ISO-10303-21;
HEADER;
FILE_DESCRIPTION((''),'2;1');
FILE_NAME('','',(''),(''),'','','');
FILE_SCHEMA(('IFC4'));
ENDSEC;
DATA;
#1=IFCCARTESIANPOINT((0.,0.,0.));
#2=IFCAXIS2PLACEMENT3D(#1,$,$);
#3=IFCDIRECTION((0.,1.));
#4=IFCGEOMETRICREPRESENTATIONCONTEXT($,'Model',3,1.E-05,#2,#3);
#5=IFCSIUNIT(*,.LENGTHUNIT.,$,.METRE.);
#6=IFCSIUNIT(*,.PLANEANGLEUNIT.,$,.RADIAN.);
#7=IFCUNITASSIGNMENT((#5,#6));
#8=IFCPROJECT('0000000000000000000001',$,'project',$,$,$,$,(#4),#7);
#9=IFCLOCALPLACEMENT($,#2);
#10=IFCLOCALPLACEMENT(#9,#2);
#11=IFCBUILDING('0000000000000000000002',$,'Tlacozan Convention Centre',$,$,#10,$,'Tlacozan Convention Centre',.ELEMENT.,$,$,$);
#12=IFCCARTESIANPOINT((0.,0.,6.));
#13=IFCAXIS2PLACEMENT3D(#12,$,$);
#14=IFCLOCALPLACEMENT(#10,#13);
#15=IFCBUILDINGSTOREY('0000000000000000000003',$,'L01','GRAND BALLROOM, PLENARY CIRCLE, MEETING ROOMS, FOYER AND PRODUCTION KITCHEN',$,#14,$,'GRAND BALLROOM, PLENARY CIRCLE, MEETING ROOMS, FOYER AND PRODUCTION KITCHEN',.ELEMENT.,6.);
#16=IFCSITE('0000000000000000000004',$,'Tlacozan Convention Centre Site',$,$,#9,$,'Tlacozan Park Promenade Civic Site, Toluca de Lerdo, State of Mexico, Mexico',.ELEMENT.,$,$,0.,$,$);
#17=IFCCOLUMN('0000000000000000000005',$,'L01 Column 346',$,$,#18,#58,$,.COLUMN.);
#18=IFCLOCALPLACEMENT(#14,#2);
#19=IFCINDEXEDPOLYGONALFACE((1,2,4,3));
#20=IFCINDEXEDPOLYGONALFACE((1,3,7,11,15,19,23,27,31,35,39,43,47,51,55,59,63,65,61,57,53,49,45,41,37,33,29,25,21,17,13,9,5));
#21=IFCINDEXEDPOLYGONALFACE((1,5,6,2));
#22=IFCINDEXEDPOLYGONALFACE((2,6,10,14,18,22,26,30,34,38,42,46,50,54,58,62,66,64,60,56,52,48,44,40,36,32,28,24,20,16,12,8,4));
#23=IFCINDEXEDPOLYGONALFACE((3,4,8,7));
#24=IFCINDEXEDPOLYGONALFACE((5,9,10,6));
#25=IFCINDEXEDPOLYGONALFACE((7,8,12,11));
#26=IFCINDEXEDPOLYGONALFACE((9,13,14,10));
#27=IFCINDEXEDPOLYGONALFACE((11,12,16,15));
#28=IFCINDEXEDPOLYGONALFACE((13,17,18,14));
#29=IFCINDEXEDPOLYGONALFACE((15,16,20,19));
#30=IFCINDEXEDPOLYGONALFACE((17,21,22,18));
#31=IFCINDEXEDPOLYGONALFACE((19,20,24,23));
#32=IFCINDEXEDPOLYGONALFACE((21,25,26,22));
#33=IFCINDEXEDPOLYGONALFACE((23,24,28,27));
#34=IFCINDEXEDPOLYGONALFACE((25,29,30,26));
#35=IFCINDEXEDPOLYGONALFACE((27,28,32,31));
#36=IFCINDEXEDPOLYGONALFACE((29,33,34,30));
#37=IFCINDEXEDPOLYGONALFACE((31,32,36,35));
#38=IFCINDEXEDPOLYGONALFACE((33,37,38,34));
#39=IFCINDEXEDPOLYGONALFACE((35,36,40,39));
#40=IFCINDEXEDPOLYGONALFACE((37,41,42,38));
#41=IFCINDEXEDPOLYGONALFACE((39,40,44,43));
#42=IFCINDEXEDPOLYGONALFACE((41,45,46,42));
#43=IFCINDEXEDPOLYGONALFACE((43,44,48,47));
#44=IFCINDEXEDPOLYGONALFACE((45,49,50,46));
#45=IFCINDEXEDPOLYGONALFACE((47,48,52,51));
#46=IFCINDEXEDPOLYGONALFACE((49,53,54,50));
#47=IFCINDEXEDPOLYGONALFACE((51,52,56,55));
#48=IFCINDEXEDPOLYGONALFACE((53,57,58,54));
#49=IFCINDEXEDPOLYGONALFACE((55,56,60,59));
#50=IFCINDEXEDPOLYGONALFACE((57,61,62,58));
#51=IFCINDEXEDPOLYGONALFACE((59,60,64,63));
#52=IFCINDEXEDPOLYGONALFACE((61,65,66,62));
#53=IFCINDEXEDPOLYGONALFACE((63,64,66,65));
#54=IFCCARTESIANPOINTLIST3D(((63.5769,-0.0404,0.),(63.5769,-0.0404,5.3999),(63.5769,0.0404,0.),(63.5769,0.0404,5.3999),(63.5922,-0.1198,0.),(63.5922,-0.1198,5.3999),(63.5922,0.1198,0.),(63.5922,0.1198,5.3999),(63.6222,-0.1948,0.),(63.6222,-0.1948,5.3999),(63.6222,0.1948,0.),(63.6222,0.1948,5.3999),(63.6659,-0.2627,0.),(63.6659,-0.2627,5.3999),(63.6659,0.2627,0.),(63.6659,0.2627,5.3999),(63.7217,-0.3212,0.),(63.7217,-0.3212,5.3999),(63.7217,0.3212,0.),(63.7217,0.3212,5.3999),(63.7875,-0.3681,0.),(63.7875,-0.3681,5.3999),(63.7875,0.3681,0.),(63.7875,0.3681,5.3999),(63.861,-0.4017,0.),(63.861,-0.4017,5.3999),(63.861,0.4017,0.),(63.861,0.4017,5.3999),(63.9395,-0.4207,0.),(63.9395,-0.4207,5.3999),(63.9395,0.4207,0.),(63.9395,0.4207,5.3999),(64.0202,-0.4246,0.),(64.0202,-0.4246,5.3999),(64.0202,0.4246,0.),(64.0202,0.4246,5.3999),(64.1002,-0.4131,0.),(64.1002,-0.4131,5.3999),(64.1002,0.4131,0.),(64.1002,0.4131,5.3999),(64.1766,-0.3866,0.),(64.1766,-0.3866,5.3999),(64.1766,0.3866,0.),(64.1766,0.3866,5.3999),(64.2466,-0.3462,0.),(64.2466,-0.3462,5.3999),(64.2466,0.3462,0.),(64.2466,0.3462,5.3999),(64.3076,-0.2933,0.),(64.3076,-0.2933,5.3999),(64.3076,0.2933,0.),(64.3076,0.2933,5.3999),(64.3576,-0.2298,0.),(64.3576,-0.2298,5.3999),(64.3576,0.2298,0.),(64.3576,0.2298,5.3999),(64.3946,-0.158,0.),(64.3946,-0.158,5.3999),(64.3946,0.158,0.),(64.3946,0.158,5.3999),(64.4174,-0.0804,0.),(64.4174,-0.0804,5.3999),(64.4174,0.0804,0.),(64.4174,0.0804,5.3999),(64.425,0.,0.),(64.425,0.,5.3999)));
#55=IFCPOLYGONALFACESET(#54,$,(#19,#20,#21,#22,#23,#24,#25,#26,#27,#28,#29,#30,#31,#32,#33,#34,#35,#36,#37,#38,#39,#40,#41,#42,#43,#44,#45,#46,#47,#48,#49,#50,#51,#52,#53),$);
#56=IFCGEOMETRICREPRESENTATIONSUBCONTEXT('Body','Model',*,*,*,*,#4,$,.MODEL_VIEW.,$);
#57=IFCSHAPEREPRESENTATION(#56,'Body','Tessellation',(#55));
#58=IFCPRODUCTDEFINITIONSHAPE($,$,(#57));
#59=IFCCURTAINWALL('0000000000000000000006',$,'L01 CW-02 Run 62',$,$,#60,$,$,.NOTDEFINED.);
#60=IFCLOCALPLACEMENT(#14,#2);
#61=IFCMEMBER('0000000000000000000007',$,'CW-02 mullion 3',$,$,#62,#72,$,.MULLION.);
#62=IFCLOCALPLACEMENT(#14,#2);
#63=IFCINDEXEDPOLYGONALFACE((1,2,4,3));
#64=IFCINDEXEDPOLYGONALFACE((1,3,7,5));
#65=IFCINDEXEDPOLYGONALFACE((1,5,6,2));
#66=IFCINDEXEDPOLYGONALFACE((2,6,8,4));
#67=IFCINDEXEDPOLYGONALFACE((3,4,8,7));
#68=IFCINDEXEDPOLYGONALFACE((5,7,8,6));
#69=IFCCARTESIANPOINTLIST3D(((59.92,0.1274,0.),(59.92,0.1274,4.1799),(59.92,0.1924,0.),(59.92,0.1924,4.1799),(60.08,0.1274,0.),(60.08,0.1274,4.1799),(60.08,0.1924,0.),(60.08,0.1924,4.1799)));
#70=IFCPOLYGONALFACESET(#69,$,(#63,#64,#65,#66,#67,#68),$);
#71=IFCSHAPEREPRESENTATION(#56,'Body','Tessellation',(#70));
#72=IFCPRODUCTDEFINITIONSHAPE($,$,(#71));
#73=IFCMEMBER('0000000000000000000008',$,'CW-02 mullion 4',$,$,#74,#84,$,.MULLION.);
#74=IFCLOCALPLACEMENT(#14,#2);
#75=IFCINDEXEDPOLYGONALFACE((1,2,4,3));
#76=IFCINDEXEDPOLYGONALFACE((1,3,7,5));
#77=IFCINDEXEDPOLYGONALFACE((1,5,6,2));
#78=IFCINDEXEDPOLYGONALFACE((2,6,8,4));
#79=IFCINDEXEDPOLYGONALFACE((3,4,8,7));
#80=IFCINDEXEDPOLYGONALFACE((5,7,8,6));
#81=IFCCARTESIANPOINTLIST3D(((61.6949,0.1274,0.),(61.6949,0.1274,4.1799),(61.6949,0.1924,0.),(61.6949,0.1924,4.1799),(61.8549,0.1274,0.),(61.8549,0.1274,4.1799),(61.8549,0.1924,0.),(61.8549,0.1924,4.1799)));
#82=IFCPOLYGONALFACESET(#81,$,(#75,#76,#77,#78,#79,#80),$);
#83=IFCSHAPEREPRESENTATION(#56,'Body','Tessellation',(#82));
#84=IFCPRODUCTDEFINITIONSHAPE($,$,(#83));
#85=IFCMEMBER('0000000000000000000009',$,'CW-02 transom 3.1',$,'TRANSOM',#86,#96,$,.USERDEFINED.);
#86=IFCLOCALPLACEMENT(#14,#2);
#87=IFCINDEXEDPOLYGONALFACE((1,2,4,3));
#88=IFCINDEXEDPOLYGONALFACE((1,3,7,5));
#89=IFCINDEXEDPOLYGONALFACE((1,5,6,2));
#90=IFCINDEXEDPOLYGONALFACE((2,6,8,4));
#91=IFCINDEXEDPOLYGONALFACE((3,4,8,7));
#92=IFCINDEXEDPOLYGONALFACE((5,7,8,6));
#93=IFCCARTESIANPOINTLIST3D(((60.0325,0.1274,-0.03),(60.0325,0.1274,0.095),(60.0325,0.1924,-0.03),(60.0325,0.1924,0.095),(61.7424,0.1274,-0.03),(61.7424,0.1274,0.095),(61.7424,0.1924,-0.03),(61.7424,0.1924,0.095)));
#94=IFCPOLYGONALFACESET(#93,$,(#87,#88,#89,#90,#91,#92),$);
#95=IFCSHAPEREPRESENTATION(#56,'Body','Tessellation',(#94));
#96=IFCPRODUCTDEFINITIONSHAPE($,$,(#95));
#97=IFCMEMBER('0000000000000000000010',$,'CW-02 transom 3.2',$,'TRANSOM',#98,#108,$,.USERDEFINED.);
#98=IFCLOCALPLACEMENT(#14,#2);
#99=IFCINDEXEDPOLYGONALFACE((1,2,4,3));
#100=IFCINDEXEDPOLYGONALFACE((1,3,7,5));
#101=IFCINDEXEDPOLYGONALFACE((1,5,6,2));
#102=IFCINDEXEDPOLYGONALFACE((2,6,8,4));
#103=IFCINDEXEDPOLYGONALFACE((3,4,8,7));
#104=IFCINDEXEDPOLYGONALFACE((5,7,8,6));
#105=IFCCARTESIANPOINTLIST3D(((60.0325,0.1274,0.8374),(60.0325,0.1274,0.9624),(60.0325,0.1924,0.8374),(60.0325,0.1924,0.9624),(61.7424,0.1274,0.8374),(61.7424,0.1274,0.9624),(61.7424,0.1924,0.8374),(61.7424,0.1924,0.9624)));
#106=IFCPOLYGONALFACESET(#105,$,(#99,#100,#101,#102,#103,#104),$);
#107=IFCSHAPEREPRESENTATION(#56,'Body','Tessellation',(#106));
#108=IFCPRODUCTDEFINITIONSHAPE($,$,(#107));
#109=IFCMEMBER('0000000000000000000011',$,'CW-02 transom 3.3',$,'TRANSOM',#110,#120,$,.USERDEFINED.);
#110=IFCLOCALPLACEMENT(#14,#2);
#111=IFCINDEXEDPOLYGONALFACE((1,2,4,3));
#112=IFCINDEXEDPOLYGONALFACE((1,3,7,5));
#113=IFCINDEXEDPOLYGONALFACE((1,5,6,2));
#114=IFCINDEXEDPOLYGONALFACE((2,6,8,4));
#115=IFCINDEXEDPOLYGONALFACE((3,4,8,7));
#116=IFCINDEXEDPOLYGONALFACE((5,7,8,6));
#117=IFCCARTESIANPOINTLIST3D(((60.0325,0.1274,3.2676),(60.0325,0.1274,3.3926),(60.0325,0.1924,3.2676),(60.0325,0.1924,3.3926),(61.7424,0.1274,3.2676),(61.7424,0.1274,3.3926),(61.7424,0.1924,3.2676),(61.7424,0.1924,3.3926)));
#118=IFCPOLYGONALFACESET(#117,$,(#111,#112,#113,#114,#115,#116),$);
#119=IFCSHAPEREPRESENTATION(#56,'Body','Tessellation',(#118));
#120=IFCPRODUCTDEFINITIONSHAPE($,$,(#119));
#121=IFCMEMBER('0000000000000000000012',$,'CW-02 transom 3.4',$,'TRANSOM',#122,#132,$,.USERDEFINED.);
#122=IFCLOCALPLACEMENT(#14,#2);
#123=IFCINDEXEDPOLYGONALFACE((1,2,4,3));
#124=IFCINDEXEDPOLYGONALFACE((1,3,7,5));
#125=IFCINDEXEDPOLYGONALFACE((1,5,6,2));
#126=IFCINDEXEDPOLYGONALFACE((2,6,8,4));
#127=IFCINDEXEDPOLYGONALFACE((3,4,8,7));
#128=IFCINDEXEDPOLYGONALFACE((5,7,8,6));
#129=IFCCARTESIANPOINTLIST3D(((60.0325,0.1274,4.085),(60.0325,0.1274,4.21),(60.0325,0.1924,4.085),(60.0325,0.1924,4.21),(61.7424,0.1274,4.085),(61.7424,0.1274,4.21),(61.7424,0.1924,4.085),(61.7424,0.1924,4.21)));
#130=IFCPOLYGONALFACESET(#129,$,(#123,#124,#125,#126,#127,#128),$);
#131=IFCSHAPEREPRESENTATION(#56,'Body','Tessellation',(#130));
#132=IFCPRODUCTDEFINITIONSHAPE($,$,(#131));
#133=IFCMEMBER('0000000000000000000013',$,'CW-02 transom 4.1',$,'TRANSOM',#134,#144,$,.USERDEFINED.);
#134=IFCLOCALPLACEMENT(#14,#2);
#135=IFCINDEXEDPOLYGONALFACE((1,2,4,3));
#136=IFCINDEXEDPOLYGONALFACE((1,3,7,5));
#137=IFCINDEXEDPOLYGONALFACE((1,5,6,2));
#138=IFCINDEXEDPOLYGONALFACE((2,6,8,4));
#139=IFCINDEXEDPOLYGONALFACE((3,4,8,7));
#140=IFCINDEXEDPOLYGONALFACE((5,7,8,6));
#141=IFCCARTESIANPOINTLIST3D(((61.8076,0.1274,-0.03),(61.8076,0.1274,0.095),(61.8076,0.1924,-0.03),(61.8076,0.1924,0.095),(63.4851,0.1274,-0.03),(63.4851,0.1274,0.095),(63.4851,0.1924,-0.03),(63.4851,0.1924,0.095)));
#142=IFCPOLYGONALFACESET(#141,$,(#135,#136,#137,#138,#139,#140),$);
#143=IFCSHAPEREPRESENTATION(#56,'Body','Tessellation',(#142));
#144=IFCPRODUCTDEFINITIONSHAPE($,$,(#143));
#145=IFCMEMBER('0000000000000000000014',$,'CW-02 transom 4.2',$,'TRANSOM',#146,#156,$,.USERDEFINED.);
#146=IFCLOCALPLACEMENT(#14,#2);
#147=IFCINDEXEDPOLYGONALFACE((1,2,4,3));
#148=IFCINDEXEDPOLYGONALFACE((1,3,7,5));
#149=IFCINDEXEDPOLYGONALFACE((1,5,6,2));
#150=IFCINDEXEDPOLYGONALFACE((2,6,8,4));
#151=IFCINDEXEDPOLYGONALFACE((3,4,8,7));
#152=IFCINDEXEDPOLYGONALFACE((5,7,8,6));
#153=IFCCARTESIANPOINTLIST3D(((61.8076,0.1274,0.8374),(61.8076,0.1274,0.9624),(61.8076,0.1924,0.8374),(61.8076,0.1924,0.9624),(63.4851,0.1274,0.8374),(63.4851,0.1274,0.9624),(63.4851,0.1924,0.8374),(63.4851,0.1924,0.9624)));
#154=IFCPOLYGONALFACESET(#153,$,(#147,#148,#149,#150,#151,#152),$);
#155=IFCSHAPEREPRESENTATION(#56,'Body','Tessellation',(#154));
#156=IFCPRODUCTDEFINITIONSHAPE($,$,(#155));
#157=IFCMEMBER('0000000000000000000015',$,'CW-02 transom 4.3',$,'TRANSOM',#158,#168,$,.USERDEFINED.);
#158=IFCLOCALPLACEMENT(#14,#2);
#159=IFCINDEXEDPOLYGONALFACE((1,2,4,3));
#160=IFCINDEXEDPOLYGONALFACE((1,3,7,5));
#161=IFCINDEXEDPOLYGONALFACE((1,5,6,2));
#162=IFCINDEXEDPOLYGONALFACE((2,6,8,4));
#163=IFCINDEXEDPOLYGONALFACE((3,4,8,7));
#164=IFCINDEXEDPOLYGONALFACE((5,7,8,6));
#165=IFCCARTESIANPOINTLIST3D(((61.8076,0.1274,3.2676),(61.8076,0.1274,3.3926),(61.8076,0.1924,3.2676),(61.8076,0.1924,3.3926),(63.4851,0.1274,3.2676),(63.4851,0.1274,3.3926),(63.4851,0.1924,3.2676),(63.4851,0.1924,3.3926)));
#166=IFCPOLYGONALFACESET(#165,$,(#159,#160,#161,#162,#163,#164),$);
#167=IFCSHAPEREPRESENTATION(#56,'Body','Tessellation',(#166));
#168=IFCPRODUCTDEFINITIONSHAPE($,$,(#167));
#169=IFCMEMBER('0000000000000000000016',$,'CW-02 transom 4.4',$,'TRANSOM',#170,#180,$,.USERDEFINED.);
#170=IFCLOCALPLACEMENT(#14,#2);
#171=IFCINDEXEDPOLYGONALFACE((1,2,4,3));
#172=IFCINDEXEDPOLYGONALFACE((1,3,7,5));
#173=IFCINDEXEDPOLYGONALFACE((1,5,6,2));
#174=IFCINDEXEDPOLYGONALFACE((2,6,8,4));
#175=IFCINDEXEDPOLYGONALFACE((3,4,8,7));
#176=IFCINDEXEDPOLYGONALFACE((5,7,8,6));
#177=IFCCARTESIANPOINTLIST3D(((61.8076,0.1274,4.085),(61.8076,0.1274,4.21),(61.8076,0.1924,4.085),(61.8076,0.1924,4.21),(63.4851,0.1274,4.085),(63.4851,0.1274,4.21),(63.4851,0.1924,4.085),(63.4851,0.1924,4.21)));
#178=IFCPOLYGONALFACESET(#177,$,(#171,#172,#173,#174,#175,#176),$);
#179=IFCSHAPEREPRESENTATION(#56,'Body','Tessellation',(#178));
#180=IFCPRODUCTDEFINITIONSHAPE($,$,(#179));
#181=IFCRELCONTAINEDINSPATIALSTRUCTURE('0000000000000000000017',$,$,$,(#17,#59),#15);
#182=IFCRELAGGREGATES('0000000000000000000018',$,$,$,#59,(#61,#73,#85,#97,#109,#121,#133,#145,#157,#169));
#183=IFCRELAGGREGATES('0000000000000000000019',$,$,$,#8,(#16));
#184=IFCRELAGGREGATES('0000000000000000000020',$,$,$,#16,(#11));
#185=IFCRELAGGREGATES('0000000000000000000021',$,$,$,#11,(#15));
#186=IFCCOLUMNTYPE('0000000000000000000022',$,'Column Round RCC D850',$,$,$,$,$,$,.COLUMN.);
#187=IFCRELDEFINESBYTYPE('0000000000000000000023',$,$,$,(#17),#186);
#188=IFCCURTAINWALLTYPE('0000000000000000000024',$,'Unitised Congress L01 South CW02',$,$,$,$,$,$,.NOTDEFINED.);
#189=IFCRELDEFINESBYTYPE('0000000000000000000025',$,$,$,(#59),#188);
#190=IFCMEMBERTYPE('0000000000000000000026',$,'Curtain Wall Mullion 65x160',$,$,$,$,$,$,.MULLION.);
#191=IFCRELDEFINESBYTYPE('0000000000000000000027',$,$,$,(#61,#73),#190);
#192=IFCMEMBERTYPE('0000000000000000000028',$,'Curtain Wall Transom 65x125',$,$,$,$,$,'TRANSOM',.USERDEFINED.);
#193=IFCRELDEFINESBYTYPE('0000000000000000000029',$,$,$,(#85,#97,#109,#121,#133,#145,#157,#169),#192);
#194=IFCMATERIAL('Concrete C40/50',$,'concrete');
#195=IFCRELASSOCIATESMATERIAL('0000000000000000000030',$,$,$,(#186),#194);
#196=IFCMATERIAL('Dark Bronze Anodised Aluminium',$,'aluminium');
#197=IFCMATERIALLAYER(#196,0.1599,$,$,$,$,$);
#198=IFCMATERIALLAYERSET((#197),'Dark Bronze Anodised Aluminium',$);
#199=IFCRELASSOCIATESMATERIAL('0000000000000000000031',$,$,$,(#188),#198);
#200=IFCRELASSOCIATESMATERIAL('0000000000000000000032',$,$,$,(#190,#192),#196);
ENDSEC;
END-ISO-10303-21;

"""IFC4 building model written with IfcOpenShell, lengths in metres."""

from ifc_helpers import new_model, si_unit, direction, frame, origin, origin_2d, place, context, subcontext, project, spatial, rectangle, circle, extrude, material, layer, layer_set, material_profile, profile_set, type_object, element, aggregate, save


model = new_model("IFC4")

# Units and contexts
model_context = context("Model", 3, precision=1e-05, world=origin(), true_north=direction((0.0, 1.0)))
body_context = subcontext(model_context, "Body", "Model", "MODEL_VIEW")
ifc_project = project(units=[si_unit("LENGTHUNIT", "METRE"), si_unit("PLANEANGLEUNIT", "RADIAN")], contexts=[model_context])

# Site, building, storey
site_placement = place(None, origin())
site = spatial("IfcSite", under=ifc_project, at=site_placement, Name="Tlacozan Convention Centre Site", LongName="Tlacozan Park Promenade Civic Site, Toluca de Lerdo, State of Mexico, Mexico", CompositionType="ELEMENT", RefElevation=0.0)
building_placement = place(site_placement, origin())
building = spatial("IfcBuilding", under=site, at=building_placement, Name="Tlacozan Convention Centre", LongName="Tlacozan Convention Centre", CompositionType="ELEMENT")
storey_placement = place(building_placement, frame((0.0, 0.0, 6.0)))
storey = spatial("IfcBuildingStorey", under=building, at=storey_placement, Name="L01", Description="GRAND BALLROOM, PLENARY CIRCLE, MEETING ROOMS, FOYER AND PRODUCTION KITCHEN", LongName="GRAND BALLROOM, PLENARY CIRCLE, MEETING ROOMS, FOYER AND PRODUCTION KITCHEN", CompositionType="ELEMENT", Elevation=6.0)

# Column
ifc_material_1 = material(Name="Concrete C40/50", Category="concrete")
ifc_material_profile_1 = material_profile(ifc_material_1, circle(Radius=0.425, at=origin_2d()), Name="RCC D850")
ifc_profile_set_1 = profile_set([ifc_material_profile_1], Name="Concrete C40/50")
column_type = type_object("IfcColumnType", Name="Column Round RCC D850", PredefinedType="COLUMN", material=ifc_profile_set_1)
column_placement = place(storey_placement, frame((64.0, 0.0, 0.0), z_axis=(0.0, 0.0, 1.0), x_axis=(1.0, 0.0, 0.0)))
element("IfcColumn", 1, at=column_placement, inside=storey, type_object=column_type, Name="L01 Column 346", PredefinedType="COLUMN", context=body_context, shape_type="SweptSolid", body=[
    extrude(circle(Radius=0.425, at=origin_2d()), origin(), (0.0, 0.0, 1.0), 5.3999),
])

# Curtain wall, members
ifc_material_2 = material(Name="Dark Bronze Anodised Aluminium", Category="aluminium")
ifc_layer_1 = layer(ifc_material_2, 0.1599)
ifc_layer_set_1 = layer_set([ifc_layer_1], Name="Dark Bronze Anodised Aluminium")
curtain_wall_type = type_object("IfcCurtainWallType", Name="Unitised Congress L01 South CW02", PredefinedType="NOTDEFINED", material=ifc_layer_set_1)
curtain_wall_placement = place(storey_placement, origin())
curtain_wall = element("IfcCurtainWall", 2, at=curtain_wall_placement, inside=storey, type_object=curtain_wall_type, Name="L01 CW-02 Run 62", PredefinedType="NOTDEFINED")
ifc_material_profile_2 = material_profile(ifc_material_2, rectangle(XDim=0.0649, YDim=0.1599, at=origin_2d()), Name="ALU 65x160")
ifc_profile_set_2 = profile_set([ifc_material_profile_2], Name="Dark Bronze Anodised Aluminium")
member_type_1 = type_object("IfcMemberType", Name="Curtain Wall Mullion 65x160", PredefinedType="MULLION", material=ifc_profile_set_2)
member_1_placement = place(storey_placement, frame((60.0, 0.1599, 0.0), z_axis=(0.0, 0.0, 1.0), x_axis=(0.0, 1.0, 0.0)))
member_1 = element("IfcMember", 3, at=member_1_placement, type_object=member_type_1, Name="CW-02 mullion 3", PredefinedType="MULLION", context=body_context, shape_type="SweptSolid", body=[
    extrude(rectangle(XDim=0.0649, YDim=0.1599, at=origin_2d()), origin(), (0.0, 0.0, 1.0), 4.1799),
])
member_2_placement = place(storey_placement, frame((61.7749, 0.1599, 0.0), z_axis=(0.0, 0.0, 1.0), x_axis=(0.0, 1.0, 0.0)))
member_2 = element("IfcMember", 4, at=member_2_placement, type_object=member_type_1, Name="CW-02 mullion 4", PredefinedType="MULLION", context=body_context, shape_type="SweptSolid", body=[
    extrude(rectangle(XDim=0.0649, YDim=0.1599, at=origin_2d()), origin(), (0.0, 0.0, 1.0), 4.1799),
])
ifc_material_profile_3 = material_profile(ifc_material_2, rectangle(XDim=0.0649, YDim=0.125, at=origin_2d()), Name="ALU 65x125")
ifc_profile_set_3 = profile_set([ifc_material_profile_3], Name="Dark Bronze Anodised Aluminium")
member_type_2 = type_object("IfcMemberType", Name="Curtain Wall Transom 65x125", ElementType="TRANSOM", PredefinedType="USERDEFINED", material=ifc_profile_set_3)
member_3_placement = place(storey_placement, frame((60.0325, 0.1599, 0.0325), z_axis=(1.0, 0.0, 0.0), x_axis=(0.0, 1.0, 0.0)))
member_3 = element("IfcMember", 5, at=member_3_placement, type_object=member_type_2, Name="CW-02 transom 3.1", ObjectType="TRANSOM", PredefinedType="USERDEFINED", context=body_context, shape_type="SweptSolid", body=[
    extrude(rectangle(XDim=0.0649, YDim=0.125, at=origin_2d()), origin(), (0.0, 0.0, 1.0), 1.71),
])
member_4_placement = place(storey_placement, frame((60.0325, 0.1599, 0.8999), z_axis=(1.0, 0.0, 0.0), x_axis=(0.0, 1.0, 0.0)))
member_4 = element("IfcMember", 6, at=member_4_placement, type_object=member_type_2, Name="CW-02 transom 3.2", ObjectType="TRANSOM", PredefinedType="USERDEFINED", context=body_context, shape_type="SweptSolid", body=[
    extrude(rectangle(XDim=0.0649, YDim=0.125, at=origin_2d()), origin(), (0.0, 0.0, 1.0), 1.71),
])
member_5_placement = place(storey_placement, frame((60.0325, 0.1599, 3.3301), z_axis=(1.0, 0.0, 0.0), x_axis=(0.0, 1.0, 0.0)))
member_5 = element("IfcMember", 7, at=member_5_placement, type_object=member_type_2, Name="CW-02 transom 3.3", ObjectType="TRANSOM", PredefinedType="USERDEFINED", context=body_context, shape_type="SweptSolid", body=[
    extrude(rectangle(XDim=0.0649, YDim=0.125, at=origin_2d()), origin(), (0.0, 0.0, 1.0), 1.71),
])
member_6_placement = place(storey_placement, frame((60.0325, 0.1599, 4.1475), z_axis=(1.0, 0.0, 0.0), x_axis=(0.0, 1.0, 0.0)))
member_6 = element("IfcMember", 8, at=member_6_placement, type_object=member_type_2, Name="CW-02 transom 3.4", ObjectType="TRANSOM", PredefinedType="USERDEFINED", context=body_context, shape_type="SweptSolid", body=[
    extrude(rectangle(XDim=0.0649, YDim=0.125, at=origin_2d()), origin(), (0.0, 0.0, 1.0), 1.71),
])
member_7_placement = place(storey_placement, frame((61.8076, 0.1599, 0.0325), z_axis=(1.0, 0.0, 0.0), x_axis=(0.0, 1.0, 0.0)))
member_7 = element("IfcMember", 9, at=member_7_placement, type_object=member_type_2, Name="CW-02 transom 4.1", ObjectType="TRANSOM", PredefinedType="USERDEFINED", context=body_context, shape_type="SweptSolid", body=[
    extrude(rectangle(XDim=0.0649, YDim=0.125, at=origin_2d()), origin(), (0.0, 0.0, 1.0), 1.6775),
])
member_8_placement = place(storey_placement, frame((61.8076, 0.1599, 0.8999), z_axis=(1.0, 0.0, 0.0), x_axis=(0.0, 1.0, 0.0)))
member_8 = element("IfcMember", 10, at=member_8_placement, type_object=member_type_2, Name="CW-02 transom 4.2", ObjectType="TRANSOM", PredefinedType="USERDEFINED", context=body_context, shape_type="SweptSolid", body=[
    extrude(rectangle(XDim=0.0649, YDim=0.125, at=origin_2d()), origin(), (0.0, 0.0, 1.0), 1.6775),
])
member_9_placement = place(storey_placement, frame((61.8076, 0.1599, 3.3301), z_axis=(1.0, 0.0, 0.0), x_axis=(0.0, 1.0, 0.0)))
member_9 = element("IfcMember", 11, at=member_9_placement, type_object=member_type_2, Name="CW-02 transom 4.3", ObjectType="TRANSOM", PredefinedType="USERDEFINED", context=body_context, shape_type="SweptSolid", body=[
    extrude(rectangle(XDim=0.0649, YDim=0.125, at=origin_2d()), origin(), (0.0, 0.0, 1.0), 1.6775),
])
member_10_placement = place(storey_placement, frame((61.8076, 0.1599, 4.1475), z_axis=(1.0, 0.0, 0.0), x_axis=(0.0, 1.0, 0.0)))
member_10 = element("IfcMember", 12, at=member_10_placement, type_object=member_type_2, Name="CW-02 transom 4.4", ObjectType="TRANSOM", PredefinedType="USERDEFINED", context=body_context, shape_type="SweptSolid", body=[
    extrude(rectangle(XDim=0.0649, YDim=0.125, at=origin_2d()), origin(), (0.0, 0.0, 1.0), 1.6775),
])

aggregate(curtain_wall, [member_1, member_2, member_3, member_4, member_5, member_6, member_7, member_8, member_9, member_10])

save(model, "model.ifc")
